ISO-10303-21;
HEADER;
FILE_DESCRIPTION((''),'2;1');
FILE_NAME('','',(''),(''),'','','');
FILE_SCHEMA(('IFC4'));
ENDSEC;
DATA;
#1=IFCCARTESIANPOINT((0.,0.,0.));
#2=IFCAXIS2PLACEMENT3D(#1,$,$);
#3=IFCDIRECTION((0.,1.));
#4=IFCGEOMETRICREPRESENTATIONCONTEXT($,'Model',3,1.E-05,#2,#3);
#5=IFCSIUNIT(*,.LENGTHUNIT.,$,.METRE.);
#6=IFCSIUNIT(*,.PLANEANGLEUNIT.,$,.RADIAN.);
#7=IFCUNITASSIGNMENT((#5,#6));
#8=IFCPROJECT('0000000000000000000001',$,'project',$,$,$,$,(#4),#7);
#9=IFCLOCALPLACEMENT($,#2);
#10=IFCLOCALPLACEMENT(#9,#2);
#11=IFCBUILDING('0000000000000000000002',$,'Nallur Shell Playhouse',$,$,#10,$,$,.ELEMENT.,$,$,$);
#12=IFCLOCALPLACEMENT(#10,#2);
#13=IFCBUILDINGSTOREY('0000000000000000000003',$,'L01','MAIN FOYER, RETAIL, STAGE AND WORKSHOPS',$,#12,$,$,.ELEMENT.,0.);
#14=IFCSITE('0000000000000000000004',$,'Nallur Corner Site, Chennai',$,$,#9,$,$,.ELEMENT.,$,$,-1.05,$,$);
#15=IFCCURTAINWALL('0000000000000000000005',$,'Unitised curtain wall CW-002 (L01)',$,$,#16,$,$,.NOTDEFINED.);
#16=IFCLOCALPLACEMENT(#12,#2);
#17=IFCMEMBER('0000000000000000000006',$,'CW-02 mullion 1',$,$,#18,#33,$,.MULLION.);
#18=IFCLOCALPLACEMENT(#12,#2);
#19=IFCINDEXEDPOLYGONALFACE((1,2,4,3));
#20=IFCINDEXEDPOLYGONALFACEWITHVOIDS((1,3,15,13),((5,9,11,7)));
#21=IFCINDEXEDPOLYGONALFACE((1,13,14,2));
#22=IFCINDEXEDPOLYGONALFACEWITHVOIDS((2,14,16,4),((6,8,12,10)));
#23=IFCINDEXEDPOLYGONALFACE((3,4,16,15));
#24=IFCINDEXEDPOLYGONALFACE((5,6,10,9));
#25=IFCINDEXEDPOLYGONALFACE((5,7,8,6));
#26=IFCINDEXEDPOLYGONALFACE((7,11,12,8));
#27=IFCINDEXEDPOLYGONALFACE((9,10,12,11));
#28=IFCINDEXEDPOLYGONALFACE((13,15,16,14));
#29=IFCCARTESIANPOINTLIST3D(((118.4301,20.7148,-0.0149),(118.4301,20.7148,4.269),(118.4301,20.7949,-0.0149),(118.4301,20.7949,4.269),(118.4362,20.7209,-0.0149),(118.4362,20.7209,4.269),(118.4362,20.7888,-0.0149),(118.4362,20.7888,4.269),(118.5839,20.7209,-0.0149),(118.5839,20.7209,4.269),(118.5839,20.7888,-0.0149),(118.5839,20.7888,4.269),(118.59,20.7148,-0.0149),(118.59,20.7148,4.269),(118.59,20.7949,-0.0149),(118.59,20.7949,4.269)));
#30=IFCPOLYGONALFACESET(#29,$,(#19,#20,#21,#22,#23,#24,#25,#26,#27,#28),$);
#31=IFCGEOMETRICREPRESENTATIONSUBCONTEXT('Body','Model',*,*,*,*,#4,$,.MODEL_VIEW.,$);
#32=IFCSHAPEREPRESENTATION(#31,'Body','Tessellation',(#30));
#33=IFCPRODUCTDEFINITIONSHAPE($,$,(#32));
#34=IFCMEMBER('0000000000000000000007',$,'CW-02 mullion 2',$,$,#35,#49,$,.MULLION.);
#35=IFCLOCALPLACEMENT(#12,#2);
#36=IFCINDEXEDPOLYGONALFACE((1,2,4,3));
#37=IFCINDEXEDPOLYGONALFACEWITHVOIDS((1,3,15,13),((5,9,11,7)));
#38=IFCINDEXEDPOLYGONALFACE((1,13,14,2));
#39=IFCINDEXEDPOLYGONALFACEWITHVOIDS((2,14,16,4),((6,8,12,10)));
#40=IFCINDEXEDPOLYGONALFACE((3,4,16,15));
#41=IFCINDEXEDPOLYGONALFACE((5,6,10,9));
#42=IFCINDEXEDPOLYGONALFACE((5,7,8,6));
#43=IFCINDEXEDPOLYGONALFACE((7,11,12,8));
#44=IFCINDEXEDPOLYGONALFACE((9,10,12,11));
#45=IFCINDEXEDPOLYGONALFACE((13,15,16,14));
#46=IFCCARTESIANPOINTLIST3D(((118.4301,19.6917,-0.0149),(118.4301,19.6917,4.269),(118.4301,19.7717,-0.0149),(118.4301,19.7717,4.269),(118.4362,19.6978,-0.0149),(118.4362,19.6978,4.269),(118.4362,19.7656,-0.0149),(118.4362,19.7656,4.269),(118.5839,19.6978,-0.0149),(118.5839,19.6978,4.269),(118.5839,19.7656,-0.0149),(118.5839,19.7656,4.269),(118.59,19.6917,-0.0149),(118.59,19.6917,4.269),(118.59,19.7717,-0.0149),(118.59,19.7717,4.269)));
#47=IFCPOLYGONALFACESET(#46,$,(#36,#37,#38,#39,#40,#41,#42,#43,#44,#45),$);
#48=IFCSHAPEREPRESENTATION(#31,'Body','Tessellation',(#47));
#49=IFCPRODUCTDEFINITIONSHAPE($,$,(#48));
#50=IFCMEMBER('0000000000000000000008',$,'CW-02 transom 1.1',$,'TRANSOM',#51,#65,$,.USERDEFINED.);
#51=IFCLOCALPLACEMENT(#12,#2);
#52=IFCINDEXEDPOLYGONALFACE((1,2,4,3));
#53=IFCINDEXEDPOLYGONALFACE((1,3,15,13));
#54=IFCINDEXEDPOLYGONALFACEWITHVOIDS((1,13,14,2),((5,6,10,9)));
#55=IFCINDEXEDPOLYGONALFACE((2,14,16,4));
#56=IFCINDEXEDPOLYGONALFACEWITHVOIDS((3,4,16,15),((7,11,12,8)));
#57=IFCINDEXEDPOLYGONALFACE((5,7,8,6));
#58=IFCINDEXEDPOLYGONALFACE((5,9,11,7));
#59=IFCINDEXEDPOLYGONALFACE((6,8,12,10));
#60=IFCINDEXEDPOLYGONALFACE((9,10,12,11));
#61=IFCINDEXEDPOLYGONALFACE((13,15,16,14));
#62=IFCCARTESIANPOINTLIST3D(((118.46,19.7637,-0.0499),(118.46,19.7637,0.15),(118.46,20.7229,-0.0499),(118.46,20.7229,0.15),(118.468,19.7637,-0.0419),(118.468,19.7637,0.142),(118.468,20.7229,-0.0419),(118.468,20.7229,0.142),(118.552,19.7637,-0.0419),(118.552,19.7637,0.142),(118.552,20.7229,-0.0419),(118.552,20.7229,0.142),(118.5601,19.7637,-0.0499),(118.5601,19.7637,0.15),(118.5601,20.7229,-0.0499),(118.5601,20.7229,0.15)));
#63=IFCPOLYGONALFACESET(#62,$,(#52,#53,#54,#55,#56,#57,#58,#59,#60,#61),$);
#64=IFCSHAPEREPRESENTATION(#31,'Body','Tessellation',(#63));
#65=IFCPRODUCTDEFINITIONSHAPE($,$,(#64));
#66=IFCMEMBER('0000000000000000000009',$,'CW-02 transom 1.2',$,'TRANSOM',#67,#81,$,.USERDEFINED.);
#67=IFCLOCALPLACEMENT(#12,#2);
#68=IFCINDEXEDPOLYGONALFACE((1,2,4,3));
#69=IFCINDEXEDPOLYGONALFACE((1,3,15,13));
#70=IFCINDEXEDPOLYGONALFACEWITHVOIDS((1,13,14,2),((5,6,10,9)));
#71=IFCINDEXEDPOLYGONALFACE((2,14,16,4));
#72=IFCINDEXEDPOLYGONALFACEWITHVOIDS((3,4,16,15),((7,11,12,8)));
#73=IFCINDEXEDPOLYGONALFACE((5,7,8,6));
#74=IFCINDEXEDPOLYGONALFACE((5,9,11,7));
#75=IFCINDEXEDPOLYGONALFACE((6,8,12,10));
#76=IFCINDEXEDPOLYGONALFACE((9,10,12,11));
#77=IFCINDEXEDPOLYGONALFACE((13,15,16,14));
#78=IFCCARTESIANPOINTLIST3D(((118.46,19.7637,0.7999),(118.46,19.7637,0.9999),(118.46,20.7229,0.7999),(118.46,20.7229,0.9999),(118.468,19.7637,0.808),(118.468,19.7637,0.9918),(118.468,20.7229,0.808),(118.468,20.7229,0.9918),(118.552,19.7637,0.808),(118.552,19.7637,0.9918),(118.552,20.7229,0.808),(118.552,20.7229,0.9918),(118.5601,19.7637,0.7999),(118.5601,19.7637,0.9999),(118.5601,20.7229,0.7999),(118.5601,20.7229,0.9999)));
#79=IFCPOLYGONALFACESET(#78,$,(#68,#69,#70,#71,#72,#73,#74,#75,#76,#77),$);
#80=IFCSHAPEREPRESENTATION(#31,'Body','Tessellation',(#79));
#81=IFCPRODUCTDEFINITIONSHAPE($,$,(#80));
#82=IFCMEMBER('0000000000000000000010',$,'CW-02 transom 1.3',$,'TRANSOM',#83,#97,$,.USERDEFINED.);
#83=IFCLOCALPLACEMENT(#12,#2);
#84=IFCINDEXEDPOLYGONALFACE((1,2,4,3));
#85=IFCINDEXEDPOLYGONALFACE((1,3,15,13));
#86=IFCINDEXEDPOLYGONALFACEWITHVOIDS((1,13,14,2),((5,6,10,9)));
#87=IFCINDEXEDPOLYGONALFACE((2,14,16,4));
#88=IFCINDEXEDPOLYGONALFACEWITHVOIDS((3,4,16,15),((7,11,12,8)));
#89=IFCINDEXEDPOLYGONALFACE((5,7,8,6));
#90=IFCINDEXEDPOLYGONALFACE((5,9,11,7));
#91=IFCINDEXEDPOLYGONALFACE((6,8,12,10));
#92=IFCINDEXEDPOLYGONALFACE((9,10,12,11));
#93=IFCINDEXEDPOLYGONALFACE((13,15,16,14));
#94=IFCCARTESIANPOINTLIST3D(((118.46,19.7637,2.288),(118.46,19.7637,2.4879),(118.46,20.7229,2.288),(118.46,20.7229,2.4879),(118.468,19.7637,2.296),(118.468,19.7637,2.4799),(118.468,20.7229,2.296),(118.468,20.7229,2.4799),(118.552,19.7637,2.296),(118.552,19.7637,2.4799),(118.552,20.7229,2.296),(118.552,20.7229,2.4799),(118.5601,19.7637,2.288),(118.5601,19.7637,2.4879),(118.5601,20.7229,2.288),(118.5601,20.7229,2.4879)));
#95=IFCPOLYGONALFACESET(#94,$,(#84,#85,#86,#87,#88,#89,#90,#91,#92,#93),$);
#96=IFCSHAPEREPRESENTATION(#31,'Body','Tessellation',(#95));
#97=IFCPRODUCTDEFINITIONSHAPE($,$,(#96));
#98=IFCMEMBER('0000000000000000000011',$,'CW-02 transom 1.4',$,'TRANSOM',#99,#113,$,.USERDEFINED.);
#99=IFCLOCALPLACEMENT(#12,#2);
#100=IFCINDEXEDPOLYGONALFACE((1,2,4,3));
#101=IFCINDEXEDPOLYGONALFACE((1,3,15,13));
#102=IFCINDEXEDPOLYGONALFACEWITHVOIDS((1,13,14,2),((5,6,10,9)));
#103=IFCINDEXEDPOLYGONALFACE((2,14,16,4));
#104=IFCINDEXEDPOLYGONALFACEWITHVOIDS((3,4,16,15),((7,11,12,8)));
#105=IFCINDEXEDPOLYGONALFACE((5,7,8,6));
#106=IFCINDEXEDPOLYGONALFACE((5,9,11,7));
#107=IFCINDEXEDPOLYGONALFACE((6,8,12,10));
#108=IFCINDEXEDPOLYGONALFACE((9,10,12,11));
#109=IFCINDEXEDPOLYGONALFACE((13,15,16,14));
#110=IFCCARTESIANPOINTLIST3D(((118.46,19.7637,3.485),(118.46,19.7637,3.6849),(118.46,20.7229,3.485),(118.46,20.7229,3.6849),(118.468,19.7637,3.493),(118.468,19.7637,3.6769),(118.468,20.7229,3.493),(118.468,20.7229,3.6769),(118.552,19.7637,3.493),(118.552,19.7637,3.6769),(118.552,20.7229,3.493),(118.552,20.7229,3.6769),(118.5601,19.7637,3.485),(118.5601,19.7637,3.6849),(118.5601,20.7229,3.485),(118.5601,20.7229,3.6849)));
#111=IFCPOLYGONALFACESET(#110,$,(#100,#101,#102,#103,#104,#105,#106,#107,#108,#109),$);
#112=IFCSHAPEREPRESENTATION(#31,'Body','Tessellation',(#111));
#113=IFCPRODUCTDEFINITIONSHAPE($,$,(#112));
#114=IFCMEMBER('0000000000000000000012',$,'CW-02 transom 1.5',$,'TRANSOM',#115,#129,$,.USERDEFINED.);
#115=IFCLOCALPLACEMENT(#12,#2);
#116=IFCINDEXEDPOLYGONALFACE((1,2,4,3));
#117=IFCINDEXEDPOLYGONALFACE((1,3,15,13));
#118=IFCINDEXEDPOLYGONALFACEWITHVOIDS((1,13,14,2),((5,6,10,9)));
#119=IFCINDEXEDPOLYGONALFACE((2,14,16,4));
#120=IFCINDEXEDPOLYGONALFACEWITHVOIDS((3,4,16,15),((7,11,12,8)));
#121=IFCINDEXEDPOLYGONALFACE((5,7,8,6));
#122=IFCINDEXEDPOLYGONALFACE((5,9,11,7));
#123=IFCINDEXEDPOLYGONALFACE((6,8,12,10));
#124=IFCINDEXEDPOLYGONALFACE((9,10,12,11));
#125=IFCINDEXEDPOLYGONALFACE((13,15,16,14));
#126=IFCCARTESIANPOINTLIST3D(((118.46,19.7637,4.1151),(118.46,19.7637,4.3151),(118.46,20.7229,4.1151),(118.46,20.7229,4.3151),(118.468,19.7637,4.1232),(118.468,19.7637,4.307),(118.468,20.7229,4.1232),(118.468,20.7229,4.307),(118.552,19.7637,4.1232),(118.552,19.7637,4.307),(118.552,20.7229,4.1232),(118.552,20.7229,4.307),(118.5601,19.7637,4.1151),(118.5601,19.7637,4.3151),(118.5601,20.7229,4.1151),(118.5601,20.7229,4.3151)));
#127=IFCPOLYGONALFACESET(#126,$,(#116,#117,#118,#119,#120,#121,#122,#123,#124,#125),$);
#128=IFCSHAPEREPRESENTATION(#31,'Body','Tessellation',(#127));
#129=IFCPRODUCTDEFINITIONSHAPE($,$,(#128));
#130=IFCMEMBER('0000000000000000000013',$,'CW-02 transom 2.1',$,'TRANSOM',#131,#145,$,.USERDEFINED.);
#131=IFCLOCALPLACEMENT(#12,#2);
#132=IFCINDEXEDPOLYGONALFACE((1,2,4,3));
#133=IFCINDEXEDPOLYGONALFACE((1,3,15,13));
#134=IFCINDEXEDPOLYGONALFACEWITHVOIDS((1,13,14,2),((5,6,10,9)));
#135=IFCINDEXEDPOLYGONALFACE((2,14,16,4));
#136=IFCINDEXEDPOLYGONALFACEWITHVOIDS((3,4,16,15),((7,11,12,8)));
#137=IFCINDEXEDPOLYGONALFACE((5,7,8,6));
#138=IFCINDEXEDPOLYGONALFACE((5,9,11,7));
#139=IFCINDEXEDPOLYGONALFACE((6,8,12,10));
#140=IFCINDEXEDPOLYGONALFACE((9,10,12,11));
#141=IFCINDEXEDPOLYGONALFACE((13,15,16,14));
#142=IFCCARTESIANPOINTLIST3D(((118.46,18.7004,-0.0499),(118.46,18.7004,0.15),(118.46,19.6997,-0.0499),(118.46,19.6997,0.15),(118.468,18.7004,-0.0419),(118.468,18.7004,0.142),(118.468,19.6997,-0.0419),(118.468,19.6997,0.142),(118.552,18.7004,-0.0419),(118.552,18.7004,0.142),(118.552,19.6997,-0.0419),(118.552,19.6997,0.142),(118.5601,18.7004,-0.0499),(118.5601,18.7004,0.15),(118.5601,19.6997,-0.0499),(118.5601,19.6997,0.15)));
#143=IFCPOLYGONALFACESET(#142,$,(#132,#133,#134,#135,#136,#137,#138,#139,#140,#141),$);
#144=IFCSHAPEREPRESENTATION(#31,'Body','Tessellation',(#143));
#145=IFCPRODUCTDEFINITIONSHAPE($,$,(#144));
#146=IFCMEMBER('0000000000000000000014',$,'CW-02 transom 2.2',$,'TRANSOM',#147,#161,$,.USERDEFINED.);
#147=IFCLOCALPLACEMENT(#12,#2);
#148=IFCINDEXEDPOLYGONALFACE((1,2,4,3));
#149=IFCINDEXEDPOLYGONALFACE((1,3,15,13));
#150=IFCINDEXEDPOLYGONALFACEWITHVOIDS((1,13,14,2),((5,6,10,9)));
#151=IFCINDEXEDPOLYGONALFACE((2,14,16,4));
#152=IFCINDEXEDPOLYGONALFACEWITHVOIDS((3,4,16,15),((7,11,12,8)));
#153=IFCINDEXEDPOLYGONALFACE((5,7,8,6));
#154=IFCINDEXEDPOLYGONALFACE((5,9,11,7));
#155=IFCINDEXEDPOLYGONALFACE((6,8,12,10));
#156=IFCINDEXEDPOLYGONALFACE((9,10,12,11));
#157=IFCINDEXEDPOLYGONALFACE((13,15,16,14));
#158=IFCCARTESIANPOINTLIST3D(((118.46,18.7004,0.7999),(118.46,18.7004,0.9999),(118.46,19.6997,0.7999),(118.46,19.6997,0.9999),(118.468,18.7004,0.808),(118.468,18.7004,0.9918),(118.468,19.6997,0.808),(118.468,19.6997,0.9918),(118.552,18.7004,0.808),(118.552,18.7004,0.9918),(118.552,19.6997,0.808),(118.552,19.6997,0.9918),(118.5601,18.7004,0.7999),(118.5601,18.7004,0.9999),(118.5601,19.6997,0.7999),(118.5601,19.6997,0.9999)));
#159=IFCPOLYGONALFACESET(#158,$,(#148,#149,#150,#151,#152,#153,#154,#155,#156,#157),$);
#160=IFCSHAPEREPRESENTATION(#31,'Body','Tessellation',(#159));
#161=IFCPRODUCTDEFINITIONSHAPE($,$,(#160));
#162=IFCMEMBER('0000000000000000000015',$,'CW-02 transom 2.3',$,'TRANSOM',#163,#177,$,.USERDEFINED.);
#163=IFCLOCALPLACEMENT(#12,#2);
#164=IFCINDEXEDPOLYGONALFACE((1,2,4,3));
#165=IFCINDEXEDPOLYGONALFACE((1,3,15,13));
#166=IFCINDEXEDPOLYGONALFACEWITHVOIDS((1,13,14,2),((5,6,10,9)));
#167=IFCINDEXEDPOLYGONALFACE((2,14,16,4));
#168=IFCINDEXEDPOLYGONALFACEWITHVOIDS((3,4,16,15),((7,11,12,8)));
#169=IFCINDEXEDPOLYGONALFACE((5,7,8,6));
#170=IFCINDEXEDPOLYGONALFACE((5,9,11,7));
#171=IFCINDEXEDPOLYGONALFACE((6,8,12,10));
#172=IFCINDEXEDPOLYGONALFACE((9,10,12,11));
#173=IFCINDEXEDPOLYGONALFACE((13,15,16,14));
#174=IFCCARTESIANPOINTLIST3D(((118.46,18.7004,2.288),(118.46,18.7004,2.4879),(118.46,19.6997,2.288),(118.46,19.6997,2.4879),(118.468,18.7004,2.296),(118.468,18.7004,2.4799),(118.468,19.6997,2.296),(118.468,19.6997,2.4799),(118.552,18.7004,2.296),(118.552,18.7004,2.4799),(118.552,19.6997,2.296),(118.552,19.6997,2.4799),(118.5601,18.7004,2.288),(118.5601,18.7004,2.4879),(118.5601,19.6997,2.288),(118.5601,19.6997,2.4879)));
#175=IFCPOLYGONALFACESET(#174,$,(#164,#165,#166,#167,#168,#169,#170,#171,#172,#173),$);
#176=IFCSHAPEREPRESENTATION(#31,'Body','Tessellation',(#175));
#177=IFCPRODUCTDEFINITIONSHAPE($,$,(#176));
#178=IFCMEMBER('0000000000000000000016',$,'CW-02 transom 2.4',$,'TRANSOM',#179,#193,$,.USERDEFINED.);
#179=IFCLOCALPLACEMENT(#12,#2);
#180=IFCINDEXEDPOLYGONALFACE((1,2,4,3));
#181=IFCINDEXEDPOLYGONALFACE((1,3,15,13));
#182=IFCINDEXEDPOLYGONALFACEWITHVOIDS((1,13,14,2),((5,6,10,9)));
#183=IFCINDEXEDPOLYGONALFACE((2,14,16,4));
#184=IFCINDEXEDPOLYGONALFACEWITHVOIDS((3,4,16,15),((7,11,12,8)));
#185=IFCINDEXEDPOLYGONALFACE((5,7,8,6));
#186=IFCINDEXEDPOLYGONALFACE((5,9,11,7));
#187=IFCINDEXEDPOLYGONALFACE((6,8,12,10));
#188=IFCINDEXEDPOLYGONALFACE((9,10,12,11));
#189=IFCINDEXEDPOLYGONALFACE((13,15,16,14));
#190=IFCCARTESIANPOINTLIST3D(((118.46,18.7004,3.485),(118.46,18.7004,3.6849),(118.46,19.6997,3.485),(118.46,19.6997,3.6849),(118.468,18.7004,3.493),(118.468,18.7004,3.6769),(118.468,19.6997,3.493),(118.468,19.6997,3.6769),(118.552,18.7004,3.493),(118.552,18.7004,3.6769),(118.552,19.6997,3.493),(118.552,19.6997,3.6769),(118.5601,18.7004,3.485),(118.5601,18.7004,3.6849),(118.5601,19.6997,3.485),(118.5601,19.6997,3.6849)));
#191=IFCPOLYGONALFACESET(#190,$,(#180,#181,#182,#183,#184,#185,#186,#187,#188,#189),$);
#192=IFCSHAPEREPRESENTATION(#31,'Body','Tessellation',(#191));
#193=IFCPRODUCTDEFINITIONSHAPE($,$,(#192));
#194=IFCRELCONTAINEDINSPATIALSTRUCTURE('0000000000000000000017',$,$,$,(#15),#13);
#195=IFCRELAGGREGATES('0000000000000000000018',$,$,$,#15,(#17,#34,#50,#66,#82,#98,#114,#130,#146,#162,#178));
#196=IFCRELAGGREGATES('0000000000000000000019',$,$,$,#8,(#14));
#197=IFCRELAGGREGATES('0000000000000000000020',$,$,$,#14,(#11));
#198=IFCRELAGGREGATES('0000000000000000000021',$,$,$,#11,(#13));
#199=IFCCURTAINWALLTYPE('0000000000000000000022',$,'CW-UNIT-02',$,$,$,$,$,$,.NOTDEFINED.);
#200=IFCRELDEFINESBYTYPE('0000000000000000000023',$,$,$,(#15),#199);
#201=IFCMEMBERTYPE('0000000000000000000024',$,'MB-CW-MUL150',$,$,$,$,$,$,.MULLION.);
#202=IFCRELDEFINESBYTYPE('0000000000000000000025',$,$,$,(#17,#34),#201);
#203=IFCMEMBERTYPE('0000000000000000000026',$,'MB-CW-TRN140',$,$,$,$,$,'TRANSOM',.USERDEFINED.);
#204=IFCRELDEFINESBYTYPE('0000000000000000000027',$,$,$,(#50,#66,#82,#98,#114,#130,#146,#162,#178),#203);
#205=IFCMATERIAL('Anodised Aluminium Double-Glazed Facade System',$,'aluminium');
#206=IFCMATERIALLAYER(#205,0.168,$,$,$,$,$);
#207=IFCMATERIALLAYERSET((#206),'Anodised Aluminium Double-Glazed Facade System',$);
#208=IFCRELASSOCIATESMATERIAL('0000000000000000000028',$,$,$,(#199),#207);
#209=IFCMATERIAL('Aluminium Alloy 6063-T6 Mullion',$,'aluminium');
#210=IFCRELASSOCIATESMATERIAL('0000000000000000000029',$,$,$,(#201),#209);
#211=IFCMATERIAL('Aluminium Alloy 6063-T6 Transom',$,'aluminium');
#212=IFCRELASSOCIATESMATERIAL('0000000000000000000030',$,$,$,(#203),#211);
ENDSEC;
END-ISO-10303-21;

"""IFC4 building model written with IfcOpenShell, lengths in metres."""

from ifc_helpers import new_model, si_unit, direction, frame, origin, origin_2d, place, context, subcontext, project, spatial, hollow_rectangle, extrude, material, layer, layer_set, material_profile, profile_set, type_object, element, aggregate, save


model = new_model("IFC4")

# Units and contexts
model_context = context("Model", 3, precision=1e-05, world=origin(), true_north=direction((0.0, 1.0)))
body_context = subcontext(model_context, "Body", "Model", "MODEL_VIEW")
ifc_project = project(units=[si_unit("LENGTHUNIT", "METRE"), si_unit("PLANEANGLEUNIT", "RADIAN")], contexts=[model_context])

# Site, building, storey
site_placement = place(None, origin())
site = spatial("IfcSite", under=ifc_project, at=site_placement, Name="Nallur Corner Site, Chennai", CompositionType="ELEMENT", RefElevation=-1.05)
building_placement = place(site_placement, origin())
building = spatial("IfcBuilding", under=site, at=building_placement, Name="Nallur Shell Playhouse", CompositionType="ELEMENT")
storey_placement = place(building_placement, origin())
storey = spatial("IfcBuildingStorey", under=building, at=storey_placement, Name="L01", Description="MAIN FOYER, RETAIL, STAGE AND WORKSHOPS", CompositionType="ELEMENT", Elevation=0.0)

# Curtain wall, members
ifc_material_1 = material(Name="Anodised Aluminium Double-Glazed Facade System", Category="aluminium")
ifc_layer_1 = layer(ifc_material_1, 0.168)
ifc_layer_set_1 = layer_set([ifc_layer_1], Name="Anodised Aluminium Double-Glazed Facade System")
curtain_wall_type_1 = type_object("IfcCurtainWallType", Name="CW-UNIT-02", PredefinedType="NOTDEFINED", material=ifc_layer_set_1)
curtain_wall_1_placement = place(storey_placement, origin())
curtain_wall_1 = element("IfcCurtainWall", 1, at=curtain_wall_1_placement, inside=storey, type_object=curtain_wall_type_1, Name="Unitised curtain wall CW-002 (L01)", PredefinedType="NOTDEFINED")
ifc_material_2 = material(Name="Aluminium Alloy 6063-T6 Mullion", Category="aluminium")
ifc_material_profile_1 = material_profile(ifc_material_2, hollow_rectangle(XDim=0.0801, YDim=0.1599, WallThickness=0.0061, at=origin_2d()), Name="RHS 160x80x6")
ifc_profile_set_1 = profile_set([ifc_material_profile_1], Name="Aluminium Alloy 6063-T6 Mullion")
member_type_1 = type_object("IfcMemberType", Name="MB-CW-MUL150", PredefinedType="MULLION", material=ifc_profile_set_1)
member_1_placement = place(storey_placement, frame((118.51, 20.7549, -0.0149), z_axis=(0.0, 0.0, 1.0), x_axis=(0.0, -1.0, 0.0)))
member_1 = element("IfcMember", 2, at=member_1_placement, type_object=member_type_1, Name="CW-02 mullion 1", PredefinedType="MULLION", context=body_context, shape_type="SweptSolid", body=[
    extrude(hollow_rectangle(XDim=0.0801, YDim=0.1599, WallThickness=0.0061, at=origin_2d()), origin(), (0.0, 0.0, 1.0), 4.2839),
])
member_2_placement = place(storey_placement, frame((118.51, 19.7317, -0.0149), z_axis=(0.0, 0.0, 1.0), x_axis=(0.0, -1.0, 0.0)))
member_2 = element("IfcMember", 3, at=member_2_placement, type_object=member_type_1, Name="CW-02 mullion 2", PredefinedType="MULLION", context=body_context, shape_type="SweptSolid", body=[
    extrude(hollow_rectangle(XDim=0.0801, YDim=0.1599, WallThickness=0.0061, at=origin_2d()), origin(), (0.0, 0.0, 1.0), 4.2839),
])
ifc_material_3 = material(Name="Aluminium Alloy 6063-T6 Transom", Category="aluminium")
ifc_material_profile_2 = material_profile(ifc_material_3, hollow_rectangle(XDim=0.1001, YDim=0.2, WallThickness=0.0081, at=origin_2d()), Name="RHS 200x100x8")
ifc_profile_set_2 = profile_set([ifc_material_profile_2], Name="Aluminium Alloy 6063-T6 Transom")
member_type_2 = type_object("IfcMemberType", Name="MB-CW-TRN140", ElementType="TRANSOM", PredefinedType="USERDEFINED", material=ifc_profile_set_2)
member_3_placement = place(storey_placement, frame((118.51, 20.7229, 0.05), z_axis=(0.0, -1.0, 0.0), x_axis=(1.0, 0.0, 0.0)))
member_3 = element("IfcMember", 4, at=member_3_placement, type_object=member_type_2, Name="CW-02 transom 1.1", ObjectType="TRANSOM", PredefinedType="USERDEFINED", context=body_context, shape_type="SweptSolid", body=[
    extrude(hollow_rectangle(XDim=0.1001, YDim=0.2, WallThickness=0.0081, at=origin_2d()), origin(), (0.0, 0.0, 1.0), 0.9592),
])
member_4_placement = place(storey_placement, frame((118.51, 20.7229, 0.8999), z_axis=(0.0, -1.0, 0.0), x_axis=(1.0, 0.0, 0.0)))
member_4 = element("IfcMember", 5, at=member_4_placement, type_object=member_type_2, Name="CW-02 transom 1.2", ObjectType="TRANSOM", PredefinedType="USERDEFINED", context=body_context, shape_type="SweptSolid", body=[
    extrude(hollow_rectangle(XDim=0.1001, YDim=0.2, WallThickness=0.0081, at=origin_2d()), origin(), (0.0, 0.0, 1.0), 0.9592),
])
member_5_placement = place(storey_placement, frame((118.51, 20.7229, 2.3879), z_axis=(0.0, -1.0, 0.0), x_axis=(1.0, 0.0, 0.0)))
member_5 = element("IfcMember", 6, at=member_5_placement, type_object=member_type_2, Name="CW-02 transom 1.3", ObjectType="TRANSOM", PredefinedType="USERDEFINED", context=body_context, shape_type="SweptSolid", body=[
    extrude(hollow_rectangle(XDim=0.1001, YDim=0.2, WallThickness=0.0081, at=origin_2d()), origin(), (0.0, 0.0, 1.0), 0.9592),
])
member_6_placement = place(storey_placement, frame((118.51, 20.7229, 3.585), z_axis=(0.0, -1.0, 0.0), x_axis=(1.0, 0.0, 0.0)))
member_6 = element("IfcMember", 7, at=member_6_placement, type_object=member_type_2, Name="CW-02 transom 1.4", ObjectType="TRANSOM", PredefinedType="USERDEFINED", context=body_context, shape_type="SweptSolid", body=[
    extrude(hollow_rectangle(XDim=0.1001, YDim=0.2, WallThickness=0.0081, at=origin_2d()), origin(), (0.0, 0.0, 1.0), 0.9592),
])
member_7_placement = place(storey_placement, frame((118.51, 20.7229, 4.2151), z_axis=(0.0, -1.0, 0.0), x_axis=(1.0, 0.0, 0.0)))
member_7 = element("IfcMember", 8, at=member_7_placement, type_object=member_type_2, Name="CW-02 transom 1.5", ObjectType="TRANSOM", PredefinedType="USERDEFINED", context=body_context, shape_type="SweptSolid", body=[
    extrude(hollow_rectangle(XDim=0.1001, YDim=0.2, WallThickness=0.0081, at=origin_2d()), origin(), (0.0, 0.0, 1.0), 0.9592),
])
member_8_placement = place(storey_placement, frame((118.51, 19.6997, 0.05), z_axis=(0.0, -1.0, 0.0), x_axis=(1.0, 0.0, 0.0)))
member_8 = element("IfcMember", 9, at=member_8_placement, type_object=member_type_2, Name="CW-02 transom 2.1", ObjectType="TRANSOM", PredefinedType="USERDEFINED", context=body_context, shape_type="SweptSolid", body=[
    extrude(hollow_rectangle(XDim=0.1001, YDim=0.2, WallThickness=0.0081, at=origin_2d()), origin(), (0.0, 0.0, 1.0), 0.9993),
])
member_9_placement = place(storey_placement, frame((118.51, 19.6997, 0.8999), z_axis=(0.0, -1.0, 0.0), x_axis=(1.0, 0.0, 0.0)))
member_9 = element("IfcMember", 10, at=member_9_placement, type_object=member_type_2, Name="CW-02 transom 2.2", ObjectType="TRANSOM", PredefinedType="USERDEFINED", context=body_context, shape_type="SweptSolid", body=[
    extrude(hollow_rectangle(XDim=0.1001, YDim=0.2, WallThickness=0.0081, at=origin_2d()), origin(), (0.0, 0.0, 1.0), 0.9993),
])
member_10_placement = place(storey_placement, frame((118.51, 19.6997, 2.3879), z_axis=(0.0, -1.0, 0.0), x_axis=(1.0, 0.0, 0.0)))
member_10 = element("IfcMember", 11, at=member_10_placement, type_object=member_type_2, Name="CW-02 transom 2.3", ObjectType="TRANSOM", PredefinedType="USERDEFINED", context=body_context, shape_type="SweptSolid", body=[
    extrude(hollow_rectangle(XDim=0.1001, YDim=0.2, WallThickness=0.0081, at=origin_2d()), origin(), (0.0, 0.0, 1.0), 0.9993),
])
member_11_placement = place(storey_placement, frame((118.51, 19.6997, 3.585), z_axis=(0.0, -1.0, 0.0), x_axis=(1.0, 0.0, 0.0)))
member_11 = element("IfcMember", 12, at=member_11_placement, type_object=member_type_2, Name="CW-02 transom 2.4", ObjectType="TRANSOM", PredefinedType="USERDEFINED", context=body_context, shape_type="SweptSolid", body=[
    extrude(hollow_rectangle(XDim=0.1001, YDim=0.2, WallThickness=0.0081, at=origin_2d()), origin(), (0.0, 0.0, 1.0), 0.9993),
])

aggregate(curtain_wall_1, [member_1, member_2, member_3, member_4, member_5, member_6, member_7, member_8, member_9, member_10, member_11])

save(model, "model.ifc")
